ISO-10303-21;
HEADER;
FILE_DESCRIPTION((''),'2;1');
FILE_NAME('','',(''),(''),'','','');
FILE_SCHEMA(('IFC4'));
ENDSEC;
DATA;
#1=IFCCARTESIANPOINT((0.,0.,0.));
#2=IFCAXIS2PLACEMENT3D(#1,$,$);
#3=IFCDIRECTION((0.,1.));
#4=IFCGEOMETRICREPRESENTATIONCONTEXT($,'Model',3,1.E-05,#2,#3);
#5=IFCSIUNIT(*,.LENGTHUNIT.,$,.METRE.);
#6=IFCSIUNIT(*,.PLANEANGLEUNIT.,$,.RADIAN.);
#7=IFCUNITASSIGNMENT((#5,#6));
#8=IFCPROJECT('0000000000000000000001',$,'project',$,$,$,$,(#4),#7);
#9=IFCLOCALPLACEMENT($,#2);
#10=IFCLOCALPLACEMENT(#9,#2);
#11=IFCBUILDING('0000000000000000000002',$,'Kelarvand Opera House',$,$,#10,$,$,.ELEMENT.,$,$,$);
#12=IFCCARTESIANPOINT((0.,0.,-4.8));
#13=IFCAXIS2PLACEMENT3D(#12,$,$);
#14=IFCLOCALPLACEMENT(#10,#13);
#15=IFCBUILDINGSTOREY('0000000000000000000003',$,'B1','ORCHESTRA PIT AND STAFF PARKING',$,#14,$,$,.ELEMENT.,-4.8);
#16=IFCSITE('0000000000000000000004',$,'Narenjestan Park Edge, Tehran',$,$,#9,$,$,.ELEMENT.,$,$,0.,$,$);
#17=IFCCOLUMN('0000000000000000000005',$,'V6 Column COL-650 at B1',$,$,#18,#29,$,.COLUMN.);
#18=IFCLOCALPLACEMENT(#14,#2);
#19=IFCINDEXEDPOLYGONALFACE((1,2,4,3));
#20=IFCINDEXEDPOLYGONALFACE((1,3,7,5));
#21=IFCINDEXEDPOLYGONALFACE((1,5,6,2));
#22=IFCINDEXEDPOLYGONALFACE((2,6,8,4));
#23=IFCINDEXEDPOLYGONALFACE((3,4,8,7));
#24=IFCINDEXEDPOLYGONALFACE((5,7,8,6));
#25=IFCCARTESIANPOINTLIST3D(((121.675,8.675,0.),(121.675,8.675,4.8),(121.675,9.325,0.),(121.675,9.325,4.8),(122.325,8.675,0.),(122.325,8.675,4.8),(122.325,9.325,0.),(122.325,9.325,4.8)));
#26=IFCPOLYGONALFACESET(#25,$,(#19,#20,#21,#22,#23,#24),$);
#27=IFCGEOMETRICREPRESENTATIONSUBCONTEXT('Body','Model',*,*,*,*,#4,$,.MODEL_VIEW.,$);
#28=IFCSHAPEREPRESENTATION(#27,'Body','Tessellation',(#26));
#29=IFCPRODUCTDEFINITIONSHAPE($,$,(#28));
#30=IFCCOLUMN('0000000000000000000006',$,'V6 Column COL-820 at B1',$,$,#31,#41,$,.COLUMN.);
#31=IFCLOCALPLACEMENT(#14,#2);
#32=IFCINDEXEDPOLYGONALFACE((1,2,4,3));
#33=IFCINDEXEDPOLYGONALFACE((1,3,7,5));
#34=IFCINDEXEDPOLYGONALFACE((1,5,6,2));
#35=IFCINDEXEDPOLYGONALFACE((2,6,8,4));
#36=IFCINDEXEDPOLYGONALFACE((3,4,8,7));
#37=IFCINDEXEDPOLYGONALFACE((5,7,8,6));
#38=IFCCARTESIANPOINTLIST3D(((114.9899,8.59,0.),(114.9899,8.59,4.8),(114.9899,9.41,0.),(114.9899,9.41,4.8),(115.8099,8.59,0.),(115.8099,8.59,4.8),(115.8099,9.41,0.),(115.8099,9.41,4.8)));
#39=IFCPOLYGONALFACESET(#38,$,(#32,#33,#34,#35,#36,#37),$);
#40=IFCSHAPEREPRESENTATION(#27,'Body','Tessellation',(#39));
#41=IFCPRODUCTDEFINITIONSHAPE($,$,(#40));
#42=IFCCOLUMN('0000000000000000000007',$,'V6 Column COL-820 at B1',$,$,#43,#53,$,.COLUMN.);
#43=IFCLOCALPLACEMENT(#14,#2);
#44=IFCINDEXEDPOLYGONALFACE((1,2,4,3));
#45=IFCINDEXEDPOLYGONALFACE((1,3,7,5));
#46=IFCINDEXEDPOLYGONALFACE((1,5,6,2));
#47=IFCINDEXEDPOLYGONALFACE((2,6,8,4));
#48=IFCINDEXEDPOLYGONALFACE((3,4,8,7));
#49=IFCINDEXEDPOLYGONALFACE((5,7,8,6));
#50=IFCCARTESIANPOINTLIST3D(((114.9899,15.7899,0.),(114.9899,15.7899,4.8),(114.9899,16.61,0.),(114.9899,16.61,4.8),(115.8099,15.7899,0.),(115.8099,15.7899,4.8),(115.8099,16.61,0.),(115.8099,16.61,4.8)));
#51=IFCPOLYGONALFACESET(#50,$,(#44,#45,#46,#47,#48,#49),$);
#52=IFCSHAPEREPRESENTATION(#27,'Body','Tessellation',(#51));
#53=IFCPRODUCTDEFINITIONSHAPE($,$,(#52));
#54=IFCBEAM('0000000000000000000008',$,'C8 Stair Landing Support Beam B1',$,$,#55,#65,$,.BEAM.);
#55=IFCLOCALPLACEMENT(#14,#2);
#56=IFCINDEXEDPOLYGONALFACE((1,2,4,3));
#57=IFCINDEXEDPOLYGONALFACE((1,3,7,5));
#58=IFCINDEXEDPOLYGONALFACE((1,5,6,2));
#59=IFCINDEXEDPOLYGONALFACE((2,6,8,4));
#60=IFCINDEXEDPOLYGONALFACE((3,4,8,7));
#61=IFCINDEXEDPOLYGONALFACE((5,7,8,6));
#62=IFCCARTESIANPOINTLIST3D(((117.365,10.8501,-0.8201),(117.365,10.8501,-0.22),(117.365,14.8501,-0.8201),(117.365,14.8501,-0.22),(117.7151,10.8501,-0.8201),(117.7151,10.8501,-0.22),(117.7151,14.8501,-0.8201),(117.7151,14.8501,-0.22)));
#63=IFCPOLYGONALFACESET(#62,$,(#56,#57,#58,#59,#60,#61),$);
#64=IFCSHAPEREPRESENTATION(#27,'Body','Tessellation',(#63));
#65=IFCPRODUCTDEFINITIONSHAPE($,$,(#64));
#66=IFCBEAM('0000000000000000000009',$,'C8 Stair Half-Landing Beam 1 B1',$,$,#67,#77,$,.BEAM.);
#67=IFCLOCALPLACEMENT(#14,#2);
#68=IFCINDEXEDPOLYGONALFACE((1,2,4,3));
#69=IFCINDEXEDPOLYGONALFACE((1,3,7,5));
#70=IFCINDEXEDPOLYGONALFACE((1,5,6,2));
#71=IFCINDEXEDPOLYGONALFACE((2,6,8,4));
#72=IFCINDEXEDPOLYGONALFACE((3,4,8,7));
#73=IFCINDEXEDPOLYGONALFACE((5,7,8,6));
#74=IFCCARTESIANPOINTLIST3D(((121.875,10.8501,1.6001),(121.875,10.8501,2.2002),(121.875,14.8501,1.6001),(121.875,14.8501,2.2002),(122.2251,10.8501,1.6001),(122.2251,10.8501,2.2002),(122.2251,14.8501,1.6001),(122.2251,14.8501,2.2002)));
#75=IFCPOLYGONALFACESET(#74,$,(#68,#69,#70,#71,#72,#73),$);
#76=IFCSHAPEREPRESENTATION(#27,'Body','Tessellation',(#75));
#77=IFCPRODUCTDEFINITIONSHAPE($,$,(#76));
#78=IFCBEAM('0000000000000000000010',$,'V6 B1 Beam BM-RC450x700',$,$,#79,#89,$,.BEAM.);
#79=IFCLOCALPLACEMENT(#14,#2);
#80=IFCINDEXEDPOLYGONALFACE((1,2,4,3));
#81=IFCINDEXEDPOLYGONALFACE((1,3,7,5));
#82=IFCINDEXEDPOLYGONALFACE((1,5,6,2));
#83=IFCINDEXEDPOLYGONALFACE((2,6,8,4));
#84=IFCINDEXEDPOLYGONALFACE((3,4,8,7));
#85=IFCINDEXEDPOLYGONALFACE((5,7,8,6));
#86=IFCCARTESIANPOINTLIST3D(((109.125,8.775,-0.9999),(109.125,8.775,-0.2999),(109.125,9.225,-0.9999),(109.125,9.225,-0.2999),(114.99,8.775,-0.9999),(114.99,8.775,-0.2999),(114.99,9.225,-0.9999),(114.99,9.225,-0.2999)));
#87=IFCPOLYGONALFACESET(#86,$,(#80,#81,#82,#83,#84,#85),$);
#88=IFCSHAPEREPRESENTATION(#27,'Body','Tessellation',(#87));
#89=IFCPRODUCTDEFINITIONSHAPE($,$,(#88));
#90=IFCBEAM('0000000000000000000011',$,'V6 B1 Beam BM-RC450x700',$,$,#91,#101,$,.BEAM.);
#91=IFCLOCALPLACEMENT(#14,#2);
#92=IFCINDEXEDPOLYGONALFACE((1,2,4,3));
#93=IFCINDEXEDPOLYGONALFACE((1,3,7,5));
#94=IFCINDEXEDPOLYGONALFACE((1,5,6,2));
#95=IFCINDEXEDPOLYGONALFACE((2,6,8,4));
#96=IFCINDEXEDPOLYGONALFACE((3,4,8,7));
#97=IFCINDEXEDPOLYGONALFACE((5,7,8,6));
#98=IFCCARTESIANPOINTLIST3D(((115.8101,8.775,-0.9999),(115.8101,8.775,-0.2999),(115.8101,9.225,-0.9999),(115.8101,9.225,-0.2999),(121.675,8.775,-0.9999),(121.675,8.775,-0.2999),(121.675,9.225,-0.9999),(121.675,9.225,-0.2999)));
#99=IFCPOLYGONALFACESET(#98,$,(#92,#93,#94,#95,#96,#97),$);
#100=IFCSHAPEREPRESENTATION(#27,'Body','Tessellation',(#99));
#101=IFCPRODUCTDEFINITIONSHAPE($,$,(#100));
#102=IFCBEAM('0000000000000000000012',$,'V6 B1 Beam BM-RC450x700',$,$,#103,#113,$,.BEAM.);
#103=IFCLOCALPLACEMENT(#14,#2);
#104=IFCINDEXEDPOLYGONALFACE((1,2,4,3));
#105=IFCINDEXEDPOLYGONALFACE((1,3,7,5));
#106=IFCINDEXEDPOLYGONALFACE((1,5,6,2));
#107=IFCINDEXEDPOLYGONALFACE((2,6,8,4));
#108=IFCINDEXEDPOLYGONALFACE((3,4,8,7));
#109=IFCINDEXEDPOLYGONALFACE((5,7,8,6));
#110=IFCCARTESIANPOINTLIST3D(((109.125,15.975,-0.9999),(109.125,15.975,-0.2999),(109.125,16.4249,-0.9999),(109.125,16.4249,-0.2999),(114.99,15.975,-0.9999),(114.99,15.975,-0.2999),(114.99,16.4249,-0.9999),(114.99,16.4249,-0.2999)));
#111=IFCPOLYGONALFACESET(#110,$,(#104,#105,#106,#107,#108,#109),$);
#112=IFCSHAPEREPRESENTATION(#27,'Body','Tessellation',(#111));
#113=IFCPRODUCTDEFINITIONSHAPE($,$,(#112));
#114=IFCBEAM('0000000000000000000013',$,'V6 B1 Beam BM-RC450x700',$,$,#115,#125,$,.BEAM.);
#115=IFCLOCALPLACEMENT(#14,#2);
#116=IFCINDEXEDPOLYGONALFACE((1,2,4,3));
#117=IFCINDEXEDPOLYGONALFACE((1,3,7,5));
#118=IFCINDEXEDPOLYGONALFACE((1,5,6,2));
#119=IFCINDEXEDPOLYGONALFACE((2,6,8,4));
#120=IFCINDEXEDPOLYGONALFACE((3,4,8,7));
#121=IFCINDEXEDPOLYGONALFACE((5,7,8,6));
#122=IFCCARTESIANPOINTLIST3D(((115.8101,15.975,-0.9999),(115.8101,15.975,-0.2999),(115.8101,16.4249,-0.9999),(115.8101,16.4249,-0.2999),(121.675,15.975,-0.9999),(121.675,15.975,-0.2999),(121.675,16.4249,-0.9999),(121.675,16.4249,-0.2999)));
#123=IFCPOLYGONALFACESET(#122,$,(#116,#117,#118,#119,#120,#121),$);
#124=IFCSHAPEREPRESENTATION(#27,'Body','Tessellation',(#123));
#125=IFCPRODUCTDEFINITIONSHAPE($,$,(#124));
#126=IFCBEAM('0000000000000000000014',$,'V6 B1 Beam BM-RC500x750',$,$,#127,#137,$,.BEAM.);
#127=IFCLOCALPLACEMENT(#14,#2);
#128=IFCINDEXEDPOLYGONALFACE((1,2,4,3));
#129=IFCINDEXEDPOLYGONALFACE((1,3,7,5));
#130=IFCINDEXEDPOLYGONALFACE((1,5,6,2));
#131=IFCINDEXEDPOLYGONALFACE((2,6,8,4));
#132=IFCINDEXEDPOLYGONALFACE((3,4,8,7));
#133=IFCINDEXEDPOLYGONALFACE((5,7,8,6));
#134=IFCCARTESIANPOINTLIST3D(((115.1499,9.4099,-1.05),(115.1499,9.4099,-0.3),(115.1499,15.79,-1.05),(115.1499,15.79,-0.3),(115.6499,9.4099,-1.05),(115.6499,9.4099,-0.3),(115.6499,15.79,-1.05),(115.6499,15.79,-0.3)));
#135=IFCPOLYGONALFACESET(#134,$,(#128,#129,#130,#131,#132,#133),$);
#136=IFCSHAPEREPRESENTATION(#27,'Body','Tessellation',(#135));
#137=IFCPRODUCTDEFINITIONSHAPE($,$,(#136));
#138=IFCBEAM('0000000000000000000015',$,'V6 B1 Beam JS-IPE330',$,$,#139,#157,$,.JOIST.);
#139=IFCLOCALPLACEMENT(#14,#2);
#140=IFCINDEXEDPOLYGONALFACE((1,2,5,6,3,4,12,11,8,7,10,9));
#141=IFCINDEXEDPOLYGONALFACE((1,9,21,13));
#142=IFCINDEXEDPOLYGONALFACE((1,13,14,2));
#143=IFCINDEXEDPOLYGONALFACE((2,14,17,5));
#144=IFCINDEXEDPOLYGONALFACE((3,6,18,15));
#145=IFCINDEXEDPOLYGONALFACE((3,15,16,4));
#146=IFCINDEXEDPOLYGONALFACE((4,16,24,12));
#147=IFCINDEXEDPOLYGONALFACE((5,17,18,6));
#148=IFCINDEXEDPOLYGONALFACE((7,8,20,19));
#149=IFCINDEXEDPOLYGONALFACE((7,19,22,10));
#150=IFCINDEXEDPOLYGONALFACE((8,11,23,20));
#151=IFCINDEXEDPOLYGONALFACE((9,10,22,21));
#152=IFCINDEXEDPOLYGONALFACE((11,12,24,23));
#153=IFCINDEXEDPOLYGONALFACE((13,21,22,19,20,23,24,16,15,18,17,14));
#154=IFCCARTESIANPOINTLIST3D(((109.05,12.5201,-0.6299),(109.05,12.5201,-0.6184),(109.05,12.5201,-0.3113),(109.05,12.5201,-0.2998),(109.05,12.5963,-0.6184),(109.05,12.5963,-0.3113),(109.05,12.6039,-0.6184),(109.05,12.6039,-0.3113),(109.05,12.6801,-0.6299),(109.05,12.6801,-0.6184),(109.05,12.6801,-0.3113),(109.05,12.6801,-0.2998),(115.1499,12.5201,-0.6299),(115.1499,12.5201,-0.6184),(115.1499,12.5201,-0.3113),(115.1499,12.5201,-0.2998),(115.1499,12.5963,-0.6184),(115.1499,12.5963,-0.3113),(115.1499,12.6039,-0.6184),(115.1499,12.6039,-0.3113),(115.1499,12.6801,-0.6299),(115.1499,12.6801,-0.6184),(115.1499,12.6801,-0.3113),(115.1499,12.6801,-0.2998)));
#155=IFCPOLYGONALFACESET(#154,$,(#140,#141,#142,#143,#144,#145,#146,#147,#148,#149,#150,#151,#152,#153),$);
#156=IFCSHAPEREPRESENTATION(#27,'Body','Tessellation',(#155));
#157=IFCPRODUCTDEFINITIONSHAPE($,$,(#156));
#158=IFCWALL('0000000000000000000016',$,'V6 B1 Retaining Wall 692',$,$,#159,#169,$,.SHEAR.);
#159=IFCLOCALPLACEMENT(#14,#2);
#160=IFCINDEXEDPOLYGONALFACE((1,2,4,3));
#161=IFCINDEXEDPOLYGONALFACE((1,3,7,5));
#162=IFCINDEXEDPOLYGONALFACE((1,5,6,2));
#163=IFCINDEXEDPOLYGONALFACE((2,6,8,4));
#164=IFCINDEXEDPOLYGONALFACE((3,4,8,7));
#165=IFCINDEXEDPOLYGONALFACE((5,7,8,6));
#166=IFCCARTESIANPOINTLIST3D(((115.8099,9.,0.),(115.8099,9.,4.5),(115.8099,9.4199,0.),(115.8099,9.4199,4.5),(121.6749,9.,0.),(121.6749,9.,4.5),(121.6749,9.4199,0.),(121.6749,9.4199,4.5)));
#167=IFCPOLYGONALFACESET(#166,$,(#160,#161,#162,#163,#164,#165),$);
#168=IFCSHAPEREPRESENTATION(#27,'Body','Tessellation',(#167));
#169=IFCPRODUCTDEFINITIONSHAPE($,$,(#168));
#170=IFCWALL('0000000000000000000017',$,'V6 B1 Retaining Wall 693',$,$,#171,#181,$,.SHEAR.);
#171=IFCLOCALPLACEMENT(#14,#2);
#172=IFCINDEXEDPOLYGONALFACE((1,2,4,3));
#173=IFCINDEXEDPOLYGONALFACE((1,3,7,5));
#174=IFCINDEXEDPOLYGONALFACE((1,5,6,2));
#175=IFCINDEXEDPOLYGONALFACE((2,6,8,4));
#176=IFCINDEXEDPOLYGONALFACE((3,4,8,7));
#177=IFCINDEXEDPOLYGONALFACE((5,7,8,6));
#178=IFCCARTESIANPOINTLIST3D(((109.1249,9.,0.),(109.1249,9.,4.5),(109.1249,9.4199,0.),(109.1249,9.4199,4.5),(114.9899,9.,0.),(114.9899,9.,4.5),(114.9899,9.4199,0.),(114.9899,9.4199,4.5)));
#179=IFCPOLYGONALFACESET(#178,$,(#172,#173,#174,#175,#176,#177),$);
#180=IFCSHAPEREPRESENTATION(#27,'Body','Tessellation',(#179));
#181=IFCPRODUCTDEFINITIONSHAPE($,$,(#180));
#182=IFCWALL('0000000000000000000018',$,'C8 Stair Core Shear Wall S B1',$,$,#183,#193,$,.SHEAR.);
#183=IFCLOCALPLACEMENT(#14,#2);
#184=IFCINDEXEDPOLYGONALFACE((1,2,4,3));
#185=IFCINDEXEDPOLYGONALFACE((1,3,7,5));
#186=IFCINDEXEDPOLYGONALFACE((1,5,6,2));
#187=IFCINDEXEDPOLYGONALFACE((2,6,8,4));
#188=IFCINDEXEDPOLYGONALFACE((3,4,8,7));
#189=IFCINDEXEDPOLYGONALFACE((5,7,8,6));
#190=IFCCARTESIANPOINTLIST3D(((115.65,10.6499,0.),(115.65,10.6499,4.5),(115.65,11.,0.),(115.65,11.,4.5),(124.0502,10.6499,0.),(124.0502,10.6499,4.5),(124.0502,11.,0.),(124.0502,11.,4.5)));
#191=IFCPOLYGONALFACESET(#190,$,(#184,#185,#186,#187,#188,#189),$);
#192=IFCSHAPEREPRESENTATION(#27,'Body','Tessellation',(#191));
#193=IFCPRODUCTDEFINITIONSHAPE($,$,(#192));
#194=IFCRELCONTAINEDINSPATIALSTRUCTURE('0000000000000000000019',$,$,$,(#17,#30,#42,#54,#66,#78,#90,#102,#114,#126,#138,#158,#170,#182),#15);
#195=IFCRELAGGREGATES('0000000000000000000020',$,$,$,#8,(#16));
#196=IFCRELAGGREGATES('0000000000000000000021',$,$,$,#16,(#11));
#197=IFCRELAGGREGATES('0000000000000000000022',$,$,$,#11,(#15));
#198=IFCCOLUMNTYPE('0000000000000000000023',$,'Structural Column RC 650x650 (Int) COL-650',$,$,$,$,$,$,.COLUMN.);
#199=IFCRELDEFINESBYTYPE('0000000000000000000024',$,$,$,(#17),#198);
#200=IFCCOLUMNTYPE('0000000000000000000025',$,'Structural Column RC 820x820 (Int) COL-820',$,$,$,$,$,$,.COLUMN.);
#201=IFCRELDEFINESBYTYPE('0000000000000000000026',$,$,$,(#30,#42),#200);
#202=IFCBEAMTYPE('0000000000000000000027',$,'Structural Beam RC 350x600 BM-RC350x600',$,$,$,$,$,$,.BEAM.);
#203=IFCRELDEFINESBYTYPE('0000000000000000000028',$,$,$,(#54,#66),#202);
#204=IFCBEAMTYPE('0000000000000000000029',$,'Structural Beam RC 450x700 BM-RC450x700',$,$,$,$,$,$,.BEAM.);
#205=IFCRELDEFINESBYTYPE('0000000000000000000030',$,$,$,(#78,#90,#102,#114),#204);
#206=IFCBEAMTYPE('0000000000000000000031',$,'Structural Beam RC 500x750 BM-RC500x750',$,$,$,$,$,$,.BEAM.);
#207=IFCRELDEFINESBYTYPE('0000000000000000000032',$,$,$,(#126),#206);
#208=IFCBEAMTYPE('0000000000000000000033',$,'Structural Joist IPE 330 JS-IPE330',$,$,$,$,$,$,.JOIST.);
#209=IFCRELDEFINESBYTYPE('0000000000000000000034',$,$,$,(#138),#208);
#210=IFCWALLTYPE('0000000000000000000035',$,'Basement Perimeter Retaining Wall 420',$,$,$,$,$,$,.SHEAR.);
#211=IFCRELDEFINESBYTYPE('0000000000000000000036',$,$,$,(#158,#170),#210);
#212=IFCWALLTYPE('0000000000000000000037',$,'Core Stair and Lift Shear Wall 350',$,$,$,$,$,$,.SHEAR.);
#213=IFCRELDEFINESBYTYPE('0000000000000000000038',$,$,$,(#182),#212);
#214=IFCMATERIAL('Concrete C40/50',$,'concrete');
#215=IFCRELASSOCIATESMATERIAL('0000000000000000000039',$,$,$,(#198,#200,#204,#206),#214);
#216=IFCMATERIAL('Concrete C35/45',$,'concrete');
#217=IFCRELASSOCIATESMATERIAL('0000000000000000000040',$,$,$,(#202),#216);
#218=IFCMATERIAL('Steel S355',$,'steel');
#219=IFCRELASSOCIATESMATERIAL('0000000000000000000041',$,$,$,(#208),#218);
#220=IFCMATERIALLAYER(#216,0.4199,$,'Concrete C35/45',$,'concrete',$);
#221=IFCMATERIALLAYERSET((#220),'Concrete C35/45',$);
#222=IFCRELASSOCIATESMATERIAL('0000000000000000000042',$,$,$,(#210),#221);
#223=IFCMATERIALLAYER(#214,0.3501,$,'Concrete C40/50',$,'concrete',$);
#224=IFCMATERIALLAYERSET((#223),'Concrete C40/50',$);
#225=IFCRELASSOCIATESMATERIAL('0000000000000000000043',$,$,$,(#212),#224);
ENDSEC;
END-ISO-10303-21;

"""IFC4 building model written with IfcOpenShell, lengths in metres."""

from ifc_helpers import new_model, si_unit, direction, frame, frame_2d, origin, origin_2d, place, context, subcontext, project, spatial, rectangle, i_section, extrude, material, layer, layer_set, material_profile, profile_set, type_object, element, save


model = new_model("IFC4")

# Units and contexts
model_context = context("Model", 3, precision=1e-05, world=origin(), true_north=direction((0.0, 1.0)))
body_context = subcontext(model_context, "Body", "Model", "MODEL_VIEW")
ifc_project = project(units=[si_unit("LENGTHUNIT", "METRE"), si_unit("PLANEANGLEUNIT", "RADIAN")], contexts=[model_context])

# Site, building, storey
site_placement = place(None, origin())
site = spatial("IfcSite", under=ifc_project, at=site_placement, Name="Narenjestan Park Edge, Tehran", CompositionType="ELEMENT", RefElevation=0.0)
building_placement = place(site_placement, origin())
building = spatial("IfcBuilding", under=site, at=building_placement, Name="Kelarvand Opera House", CompositionType="ELEMENT")
storey_placement = place(building_placement, frame((0.0, 0.0, -4.8)))
storey = spatial("IfcBuildingStorey", under=building, at=storey_placement, Name="B1", Description="ORCHESTRA PIT AND STAFF PARKING", CompositionType="ELEMENT", Elevation=-4.8)

# Columns
ifc_material_1 = material(Name="Concrete C40/50", Category="concrete")
ifc_material_profile_1 = material_profile(ifc_material_1, rectangle(XDim=0.6499, YDim=0.6499, at=origin_2d()), Name="RC 650x650", Category="concrete")
ifc_profile_set_1 = profile_set([ifc_material_profile_1], Name="Concrete C40/50")
column_type_1 = type_object("IfcColumnType", Name="Structural Column RC 650x650 (Int) COL-650", PredefinedType="COLUMN", material=ifc_profile_set_1)
column_placement = place(storey_placement, frame((122.0, 9.0, 0.0), z_axis=(0.0, 0.0, 1.0), x_axis=(1.0, 0.0, 0.0)))
element("IfcColumn", 1, at=column_placement, inside=storey, type_object=column_type_1, Name="V6 Column COL-650 at B1", PredefinedType="COLUMN", context=body_context, shape_type="SweptSolid", body=[
    extrude(rectangle(XDim=0.6499, YDim=0.6499, at=origin_2d()), origin(), (0.0, 0.0, 1.0), 4.8),
])
ifc_material_profile_2 = material_profile(ifc_material_1, rectangle(XDim=0.8201, YDim=0.8201, at=origin_2d()), Name="RC 820x820", Category="concrete")
ifc_profile_set_2 = profile_set([ifc_material_profile_2], Name="Concrete C40/50")
column_type_2 = type_object("IfcColumnType", Name="Structural Column RC 820x820 (Int) COL-820", PredefinedType="COLUMN", material=ifc_profile_set_2)
for number, where, z_axis, x_axis, name in (
    (2, (115.3999, 9.0, 0.0), (0.0, 0.0, 1.0), (1.0, 0.0, 0.0), "V6 Column COL-820 at B1"),
    (3, (115.3999, 16.2, 0.0), (0.0, 0.0, 1.0), (1.0, 0.0, 0.0), "V6 Column COL-820 at B1"),
):
    element("IfcColumn", number, at=place(storey_placement, frame(where, z_axis=z_axis, x_axis=x_axis)), inside=storey, type_object=column_type_2, Name=name, PredefinedType="COLUMN", context=body_context, shape_type="SweptSolid", body=[
        extrude(rectangle(XDim=0.8201, YDim=0.8201, at=origin_2d()), origin(), (0.0, 0.0, 1.0), 4.8),
    ])

# Beams
ifc_material_2 = material(Name="Concrete C35/45", Category="concrete")
ifc_material_profile_3 = material_profile(ifc_material_2, rectangle(XDim=0.3501, YDim=0.6001, at=origin_2d()), Name="RC 350x600", Category="concrete")
ifc_profile_set_3 = profile_set([ifc_material_profile_3], Name="Concrete C35/45")
beam_type_1 = type_object("IfcBeamType", Name="Structural Beam RC 350x600 BM-RC350x600", PredefinedType="BEAM", material=ifc_profile_set_3)
for number, where, z_axis, x_axis, name in (
    (4, (117.54, 10.8501, -0.52), (0.0, 1.0, 0.0), (-1.0, 0.0, 0.0), "C8 Stair Landing Support Beam B1"),
    (5, (122.05, 10.8501, 1.9001), (0.0, 1.0, 0.0), (-1.0, 0.0, 0.0), "C8 Stair Half-Landing Beam 1 B1"),
):
    element("IfcBeam", number, at=place(storey_placement, frame(where, z_axis=z_axis, x_axis=x_axis)), inside=storey, type_object=beam_type_1, Name=name, PredefinedType="BEAM", context=body_context, shape_type="SweptSolid", body=[
        extrude(rectangle(XDim=0.3501, YDim=0.6001, at=origin_2d()), origin(), (0.0, 0.0, 1.0), 4.0),
    ])
ifc_material_profile_4 = material_profile(ifc_material_1, rectangle(XDim=0.45, YDim=0.7, at=origin_2d()), Name="RC 450x700", Category="concrete")
ifc_profile_set_4 = profile_set([ifc_material_profile_4], Name="Concrete C40/50")
beam_type_2 = type_object("IfcBeamType", Name="Structural Beam RC 450x700 BM-RC450x700", PredefinedType="BEAM", material=ifc_profile_set_4)
for number, where, z_axis, x_axis, name in (
    (6, (109.125, 9.0, -0.6499), (1.0, 0.0, 0.0), (0.0, 1.0, 0.0), "V6 B1 Beam BM-RC450x700"),
    (7, (115.8101, 9.0, -0.6499), (1.0, 0.0, 0.0), (0.0, 1.0, 0.0), "V6 B1 Beam BM-RC450x700"),
    (8, (109.125, 16.2, -0.6499), (1.0, 0.0, 0.0), (0.0, 1.0, 0.0), "V6 B1 Beam BM-RC450x700"),
    (9, (115.8101, 16.2, -0.6499), (1.0, 0.0, 0.0), (0.0, 1.0, 0.0), "V6 B1 Beam BM-RC450x700"),
):
    element("IfcBeam", number, at=place(storey_placement, frame(where, z_axis=z_axis, x_axis=x_axis)), inside=storey, type_object=beam_type_2, Name=name, PredefinedType="BEAM", context=body_context, shape_type="SweptSolid", body=[
        extrude(rectangle(XDim=0.45, YDim=0.7, at=origin_2d()), origin(), (0.0, 0.0, 1.0), 5.865),
    ])
ifc_material_profile_5 = material_profile(ifc_material_1, rectangle(XDim=0.5, YDim=0.75, at=origin_2d()), Name="RC 500x750", Category="concrete")
ifc_profile_set_5 = profile_set([ifc_material_profile_5], Name="Concrete C40/50")
beam_type_3 = type_object("IfcBeamType", Name="Structural Beam RC 500x750 BM-RC500x750", PredefinedType="BEAM", material=ifc_profile_set_5)
beam_1_placement = place(storey_placement, frame((115.3999, 9.4099, -0.675), z_axis=(0.0, 1.0, 0.0), x_axis=(-1.0, 0.0, 0.0)))
element("IfcBeam", 10, at=beam_1_placement, inside=storey, type_object=beam_type_3, Name="V6 B1 Beam BM-RC500x750", PredefinedType="BEAM", context=body_context, shape_type="SweptSolid", body=[
    extrude(rectangle(XDim=0.5, YDim=0.75, at=origin_2d()), origin(), (0.0, 0.0, 1.0), 6.3801),
])
ifc_material_3 = material(Name="Steel S355", Category="steel")
ifc_material_profile_6 = material_profile(ifc_material_3, i_section(OverallWidth=0.1599, OverallDepth=0.3301, WebThickness=0.0076, FlangeThickness=0.0115, at=origin_2d()), Name="IPE 330", Category="steel")
ifc_profile_set_6 = profile_set([ifc_material_profile_6], Name="Steel S355")
beam_type_4 = type_object("IfcBeamType", Name="Structural Joist IPE 330 JS-IPE330", PredefinedType="JOIST", material=ifc_profile_set_6)
beam_2_placement = place(storey_placement, frame((109.05, 12.6001, -0.4648), z_axis=(1.0, 0.0, 0.0), x_axis=(0.0, 1.0, 0.0)))
element("IfcBeam", 11, at=beam_2_placement, inside=storey, type_object=beam_type_4, Name="V6 B1 Beam JS-IPE330", PredefinedType="JOIST", context=body_context, shape_type="SweptSolid", body=[
    extrude(i_section(OverallWidth=0.1599, OverallDepth=0.3301, WebThickness=0.0076, FlangeThickness=0.0115, at=origin_2d()), origin(), (0.0, 0.0, 1.0), 6.0999),
])

# Walls
ifc_layer_1 = layer(ifc_material_2, 0.4199, Name="Concrete C35/45", Category="concrete")
ifc_layer_set_1 = layer_set([ifc_layer_1], Name="Concrete C35/45")
wall_type_1 = type_object("IfcWallType", Name="Basement Perimeter Retaining Wall 420", PredefinedType="SHEAR", material=ifc_layer_set_1)
for number, where, z_axis, x_axis, name in (
    (12, (121.675, 9.21, 0.0), (0.0, 0.0, 1.0), (-1.0, 0.0, 0.0), "V6 B1 Retaining Wall 692"),
    (13, (114.99, 9.21, 0.0), (0.0, 0.0, 1.0), (-1.0, 0.0, 0.0), "V6 B1 Retaining Wall 693"),
):
    element("IfcWall", number, at=place(storey_placement, frame(where, z_axis=z_axis, x_axis=x_axis)), inside=storey, type_object=wall_type_1, Name=name, PredefinedType="SHEAR", context=body_context, shape_type="SweptSolid", body=[
        extrude(rectangle(XDim=5.865, YDim=0.4199, at=frame_2d((2.9326, 0.0))), origin(), (0.0, 0.0, 1.0), 4.5),
    ])
ifc_layer_2 = layer(ifc_material_1, 0.3501, Name="Concrete C40/50", Category="concrete")
ifc_layer_set_2 = layer_set([ifc_layer_2], Name="Concrete C40/50")
wall_type_2 = type_object("IfcWallType", Name="Core Stair and Lift Shear Wall 350", PredefinedType="SHEAR", material=ifc_layer_set_2)
wall_1_placement = place(storey_placement, frame((115.6499, 10.825, 0.0), z_axis=(0.0, 0.0, 1.0), x_axis=(1.0, 0.0, 0.0)))
element("IfcWall", 14, at=wall_1_placement, inside=storey, type_object=wall_type_2, Name="C8 Stair Core Shear Wall S B1", PredefinedType="SHEAR", context=body_context, shape_type="SweptSolid", body=[
    extrude(rectangle(XDim=8.4001, YDim=0.3501, at=frame_2d((4.2002, 0.0))), origin(), (0.0, 0.0, 1.0), 4.5),
])

save(model, "model.ifc")
